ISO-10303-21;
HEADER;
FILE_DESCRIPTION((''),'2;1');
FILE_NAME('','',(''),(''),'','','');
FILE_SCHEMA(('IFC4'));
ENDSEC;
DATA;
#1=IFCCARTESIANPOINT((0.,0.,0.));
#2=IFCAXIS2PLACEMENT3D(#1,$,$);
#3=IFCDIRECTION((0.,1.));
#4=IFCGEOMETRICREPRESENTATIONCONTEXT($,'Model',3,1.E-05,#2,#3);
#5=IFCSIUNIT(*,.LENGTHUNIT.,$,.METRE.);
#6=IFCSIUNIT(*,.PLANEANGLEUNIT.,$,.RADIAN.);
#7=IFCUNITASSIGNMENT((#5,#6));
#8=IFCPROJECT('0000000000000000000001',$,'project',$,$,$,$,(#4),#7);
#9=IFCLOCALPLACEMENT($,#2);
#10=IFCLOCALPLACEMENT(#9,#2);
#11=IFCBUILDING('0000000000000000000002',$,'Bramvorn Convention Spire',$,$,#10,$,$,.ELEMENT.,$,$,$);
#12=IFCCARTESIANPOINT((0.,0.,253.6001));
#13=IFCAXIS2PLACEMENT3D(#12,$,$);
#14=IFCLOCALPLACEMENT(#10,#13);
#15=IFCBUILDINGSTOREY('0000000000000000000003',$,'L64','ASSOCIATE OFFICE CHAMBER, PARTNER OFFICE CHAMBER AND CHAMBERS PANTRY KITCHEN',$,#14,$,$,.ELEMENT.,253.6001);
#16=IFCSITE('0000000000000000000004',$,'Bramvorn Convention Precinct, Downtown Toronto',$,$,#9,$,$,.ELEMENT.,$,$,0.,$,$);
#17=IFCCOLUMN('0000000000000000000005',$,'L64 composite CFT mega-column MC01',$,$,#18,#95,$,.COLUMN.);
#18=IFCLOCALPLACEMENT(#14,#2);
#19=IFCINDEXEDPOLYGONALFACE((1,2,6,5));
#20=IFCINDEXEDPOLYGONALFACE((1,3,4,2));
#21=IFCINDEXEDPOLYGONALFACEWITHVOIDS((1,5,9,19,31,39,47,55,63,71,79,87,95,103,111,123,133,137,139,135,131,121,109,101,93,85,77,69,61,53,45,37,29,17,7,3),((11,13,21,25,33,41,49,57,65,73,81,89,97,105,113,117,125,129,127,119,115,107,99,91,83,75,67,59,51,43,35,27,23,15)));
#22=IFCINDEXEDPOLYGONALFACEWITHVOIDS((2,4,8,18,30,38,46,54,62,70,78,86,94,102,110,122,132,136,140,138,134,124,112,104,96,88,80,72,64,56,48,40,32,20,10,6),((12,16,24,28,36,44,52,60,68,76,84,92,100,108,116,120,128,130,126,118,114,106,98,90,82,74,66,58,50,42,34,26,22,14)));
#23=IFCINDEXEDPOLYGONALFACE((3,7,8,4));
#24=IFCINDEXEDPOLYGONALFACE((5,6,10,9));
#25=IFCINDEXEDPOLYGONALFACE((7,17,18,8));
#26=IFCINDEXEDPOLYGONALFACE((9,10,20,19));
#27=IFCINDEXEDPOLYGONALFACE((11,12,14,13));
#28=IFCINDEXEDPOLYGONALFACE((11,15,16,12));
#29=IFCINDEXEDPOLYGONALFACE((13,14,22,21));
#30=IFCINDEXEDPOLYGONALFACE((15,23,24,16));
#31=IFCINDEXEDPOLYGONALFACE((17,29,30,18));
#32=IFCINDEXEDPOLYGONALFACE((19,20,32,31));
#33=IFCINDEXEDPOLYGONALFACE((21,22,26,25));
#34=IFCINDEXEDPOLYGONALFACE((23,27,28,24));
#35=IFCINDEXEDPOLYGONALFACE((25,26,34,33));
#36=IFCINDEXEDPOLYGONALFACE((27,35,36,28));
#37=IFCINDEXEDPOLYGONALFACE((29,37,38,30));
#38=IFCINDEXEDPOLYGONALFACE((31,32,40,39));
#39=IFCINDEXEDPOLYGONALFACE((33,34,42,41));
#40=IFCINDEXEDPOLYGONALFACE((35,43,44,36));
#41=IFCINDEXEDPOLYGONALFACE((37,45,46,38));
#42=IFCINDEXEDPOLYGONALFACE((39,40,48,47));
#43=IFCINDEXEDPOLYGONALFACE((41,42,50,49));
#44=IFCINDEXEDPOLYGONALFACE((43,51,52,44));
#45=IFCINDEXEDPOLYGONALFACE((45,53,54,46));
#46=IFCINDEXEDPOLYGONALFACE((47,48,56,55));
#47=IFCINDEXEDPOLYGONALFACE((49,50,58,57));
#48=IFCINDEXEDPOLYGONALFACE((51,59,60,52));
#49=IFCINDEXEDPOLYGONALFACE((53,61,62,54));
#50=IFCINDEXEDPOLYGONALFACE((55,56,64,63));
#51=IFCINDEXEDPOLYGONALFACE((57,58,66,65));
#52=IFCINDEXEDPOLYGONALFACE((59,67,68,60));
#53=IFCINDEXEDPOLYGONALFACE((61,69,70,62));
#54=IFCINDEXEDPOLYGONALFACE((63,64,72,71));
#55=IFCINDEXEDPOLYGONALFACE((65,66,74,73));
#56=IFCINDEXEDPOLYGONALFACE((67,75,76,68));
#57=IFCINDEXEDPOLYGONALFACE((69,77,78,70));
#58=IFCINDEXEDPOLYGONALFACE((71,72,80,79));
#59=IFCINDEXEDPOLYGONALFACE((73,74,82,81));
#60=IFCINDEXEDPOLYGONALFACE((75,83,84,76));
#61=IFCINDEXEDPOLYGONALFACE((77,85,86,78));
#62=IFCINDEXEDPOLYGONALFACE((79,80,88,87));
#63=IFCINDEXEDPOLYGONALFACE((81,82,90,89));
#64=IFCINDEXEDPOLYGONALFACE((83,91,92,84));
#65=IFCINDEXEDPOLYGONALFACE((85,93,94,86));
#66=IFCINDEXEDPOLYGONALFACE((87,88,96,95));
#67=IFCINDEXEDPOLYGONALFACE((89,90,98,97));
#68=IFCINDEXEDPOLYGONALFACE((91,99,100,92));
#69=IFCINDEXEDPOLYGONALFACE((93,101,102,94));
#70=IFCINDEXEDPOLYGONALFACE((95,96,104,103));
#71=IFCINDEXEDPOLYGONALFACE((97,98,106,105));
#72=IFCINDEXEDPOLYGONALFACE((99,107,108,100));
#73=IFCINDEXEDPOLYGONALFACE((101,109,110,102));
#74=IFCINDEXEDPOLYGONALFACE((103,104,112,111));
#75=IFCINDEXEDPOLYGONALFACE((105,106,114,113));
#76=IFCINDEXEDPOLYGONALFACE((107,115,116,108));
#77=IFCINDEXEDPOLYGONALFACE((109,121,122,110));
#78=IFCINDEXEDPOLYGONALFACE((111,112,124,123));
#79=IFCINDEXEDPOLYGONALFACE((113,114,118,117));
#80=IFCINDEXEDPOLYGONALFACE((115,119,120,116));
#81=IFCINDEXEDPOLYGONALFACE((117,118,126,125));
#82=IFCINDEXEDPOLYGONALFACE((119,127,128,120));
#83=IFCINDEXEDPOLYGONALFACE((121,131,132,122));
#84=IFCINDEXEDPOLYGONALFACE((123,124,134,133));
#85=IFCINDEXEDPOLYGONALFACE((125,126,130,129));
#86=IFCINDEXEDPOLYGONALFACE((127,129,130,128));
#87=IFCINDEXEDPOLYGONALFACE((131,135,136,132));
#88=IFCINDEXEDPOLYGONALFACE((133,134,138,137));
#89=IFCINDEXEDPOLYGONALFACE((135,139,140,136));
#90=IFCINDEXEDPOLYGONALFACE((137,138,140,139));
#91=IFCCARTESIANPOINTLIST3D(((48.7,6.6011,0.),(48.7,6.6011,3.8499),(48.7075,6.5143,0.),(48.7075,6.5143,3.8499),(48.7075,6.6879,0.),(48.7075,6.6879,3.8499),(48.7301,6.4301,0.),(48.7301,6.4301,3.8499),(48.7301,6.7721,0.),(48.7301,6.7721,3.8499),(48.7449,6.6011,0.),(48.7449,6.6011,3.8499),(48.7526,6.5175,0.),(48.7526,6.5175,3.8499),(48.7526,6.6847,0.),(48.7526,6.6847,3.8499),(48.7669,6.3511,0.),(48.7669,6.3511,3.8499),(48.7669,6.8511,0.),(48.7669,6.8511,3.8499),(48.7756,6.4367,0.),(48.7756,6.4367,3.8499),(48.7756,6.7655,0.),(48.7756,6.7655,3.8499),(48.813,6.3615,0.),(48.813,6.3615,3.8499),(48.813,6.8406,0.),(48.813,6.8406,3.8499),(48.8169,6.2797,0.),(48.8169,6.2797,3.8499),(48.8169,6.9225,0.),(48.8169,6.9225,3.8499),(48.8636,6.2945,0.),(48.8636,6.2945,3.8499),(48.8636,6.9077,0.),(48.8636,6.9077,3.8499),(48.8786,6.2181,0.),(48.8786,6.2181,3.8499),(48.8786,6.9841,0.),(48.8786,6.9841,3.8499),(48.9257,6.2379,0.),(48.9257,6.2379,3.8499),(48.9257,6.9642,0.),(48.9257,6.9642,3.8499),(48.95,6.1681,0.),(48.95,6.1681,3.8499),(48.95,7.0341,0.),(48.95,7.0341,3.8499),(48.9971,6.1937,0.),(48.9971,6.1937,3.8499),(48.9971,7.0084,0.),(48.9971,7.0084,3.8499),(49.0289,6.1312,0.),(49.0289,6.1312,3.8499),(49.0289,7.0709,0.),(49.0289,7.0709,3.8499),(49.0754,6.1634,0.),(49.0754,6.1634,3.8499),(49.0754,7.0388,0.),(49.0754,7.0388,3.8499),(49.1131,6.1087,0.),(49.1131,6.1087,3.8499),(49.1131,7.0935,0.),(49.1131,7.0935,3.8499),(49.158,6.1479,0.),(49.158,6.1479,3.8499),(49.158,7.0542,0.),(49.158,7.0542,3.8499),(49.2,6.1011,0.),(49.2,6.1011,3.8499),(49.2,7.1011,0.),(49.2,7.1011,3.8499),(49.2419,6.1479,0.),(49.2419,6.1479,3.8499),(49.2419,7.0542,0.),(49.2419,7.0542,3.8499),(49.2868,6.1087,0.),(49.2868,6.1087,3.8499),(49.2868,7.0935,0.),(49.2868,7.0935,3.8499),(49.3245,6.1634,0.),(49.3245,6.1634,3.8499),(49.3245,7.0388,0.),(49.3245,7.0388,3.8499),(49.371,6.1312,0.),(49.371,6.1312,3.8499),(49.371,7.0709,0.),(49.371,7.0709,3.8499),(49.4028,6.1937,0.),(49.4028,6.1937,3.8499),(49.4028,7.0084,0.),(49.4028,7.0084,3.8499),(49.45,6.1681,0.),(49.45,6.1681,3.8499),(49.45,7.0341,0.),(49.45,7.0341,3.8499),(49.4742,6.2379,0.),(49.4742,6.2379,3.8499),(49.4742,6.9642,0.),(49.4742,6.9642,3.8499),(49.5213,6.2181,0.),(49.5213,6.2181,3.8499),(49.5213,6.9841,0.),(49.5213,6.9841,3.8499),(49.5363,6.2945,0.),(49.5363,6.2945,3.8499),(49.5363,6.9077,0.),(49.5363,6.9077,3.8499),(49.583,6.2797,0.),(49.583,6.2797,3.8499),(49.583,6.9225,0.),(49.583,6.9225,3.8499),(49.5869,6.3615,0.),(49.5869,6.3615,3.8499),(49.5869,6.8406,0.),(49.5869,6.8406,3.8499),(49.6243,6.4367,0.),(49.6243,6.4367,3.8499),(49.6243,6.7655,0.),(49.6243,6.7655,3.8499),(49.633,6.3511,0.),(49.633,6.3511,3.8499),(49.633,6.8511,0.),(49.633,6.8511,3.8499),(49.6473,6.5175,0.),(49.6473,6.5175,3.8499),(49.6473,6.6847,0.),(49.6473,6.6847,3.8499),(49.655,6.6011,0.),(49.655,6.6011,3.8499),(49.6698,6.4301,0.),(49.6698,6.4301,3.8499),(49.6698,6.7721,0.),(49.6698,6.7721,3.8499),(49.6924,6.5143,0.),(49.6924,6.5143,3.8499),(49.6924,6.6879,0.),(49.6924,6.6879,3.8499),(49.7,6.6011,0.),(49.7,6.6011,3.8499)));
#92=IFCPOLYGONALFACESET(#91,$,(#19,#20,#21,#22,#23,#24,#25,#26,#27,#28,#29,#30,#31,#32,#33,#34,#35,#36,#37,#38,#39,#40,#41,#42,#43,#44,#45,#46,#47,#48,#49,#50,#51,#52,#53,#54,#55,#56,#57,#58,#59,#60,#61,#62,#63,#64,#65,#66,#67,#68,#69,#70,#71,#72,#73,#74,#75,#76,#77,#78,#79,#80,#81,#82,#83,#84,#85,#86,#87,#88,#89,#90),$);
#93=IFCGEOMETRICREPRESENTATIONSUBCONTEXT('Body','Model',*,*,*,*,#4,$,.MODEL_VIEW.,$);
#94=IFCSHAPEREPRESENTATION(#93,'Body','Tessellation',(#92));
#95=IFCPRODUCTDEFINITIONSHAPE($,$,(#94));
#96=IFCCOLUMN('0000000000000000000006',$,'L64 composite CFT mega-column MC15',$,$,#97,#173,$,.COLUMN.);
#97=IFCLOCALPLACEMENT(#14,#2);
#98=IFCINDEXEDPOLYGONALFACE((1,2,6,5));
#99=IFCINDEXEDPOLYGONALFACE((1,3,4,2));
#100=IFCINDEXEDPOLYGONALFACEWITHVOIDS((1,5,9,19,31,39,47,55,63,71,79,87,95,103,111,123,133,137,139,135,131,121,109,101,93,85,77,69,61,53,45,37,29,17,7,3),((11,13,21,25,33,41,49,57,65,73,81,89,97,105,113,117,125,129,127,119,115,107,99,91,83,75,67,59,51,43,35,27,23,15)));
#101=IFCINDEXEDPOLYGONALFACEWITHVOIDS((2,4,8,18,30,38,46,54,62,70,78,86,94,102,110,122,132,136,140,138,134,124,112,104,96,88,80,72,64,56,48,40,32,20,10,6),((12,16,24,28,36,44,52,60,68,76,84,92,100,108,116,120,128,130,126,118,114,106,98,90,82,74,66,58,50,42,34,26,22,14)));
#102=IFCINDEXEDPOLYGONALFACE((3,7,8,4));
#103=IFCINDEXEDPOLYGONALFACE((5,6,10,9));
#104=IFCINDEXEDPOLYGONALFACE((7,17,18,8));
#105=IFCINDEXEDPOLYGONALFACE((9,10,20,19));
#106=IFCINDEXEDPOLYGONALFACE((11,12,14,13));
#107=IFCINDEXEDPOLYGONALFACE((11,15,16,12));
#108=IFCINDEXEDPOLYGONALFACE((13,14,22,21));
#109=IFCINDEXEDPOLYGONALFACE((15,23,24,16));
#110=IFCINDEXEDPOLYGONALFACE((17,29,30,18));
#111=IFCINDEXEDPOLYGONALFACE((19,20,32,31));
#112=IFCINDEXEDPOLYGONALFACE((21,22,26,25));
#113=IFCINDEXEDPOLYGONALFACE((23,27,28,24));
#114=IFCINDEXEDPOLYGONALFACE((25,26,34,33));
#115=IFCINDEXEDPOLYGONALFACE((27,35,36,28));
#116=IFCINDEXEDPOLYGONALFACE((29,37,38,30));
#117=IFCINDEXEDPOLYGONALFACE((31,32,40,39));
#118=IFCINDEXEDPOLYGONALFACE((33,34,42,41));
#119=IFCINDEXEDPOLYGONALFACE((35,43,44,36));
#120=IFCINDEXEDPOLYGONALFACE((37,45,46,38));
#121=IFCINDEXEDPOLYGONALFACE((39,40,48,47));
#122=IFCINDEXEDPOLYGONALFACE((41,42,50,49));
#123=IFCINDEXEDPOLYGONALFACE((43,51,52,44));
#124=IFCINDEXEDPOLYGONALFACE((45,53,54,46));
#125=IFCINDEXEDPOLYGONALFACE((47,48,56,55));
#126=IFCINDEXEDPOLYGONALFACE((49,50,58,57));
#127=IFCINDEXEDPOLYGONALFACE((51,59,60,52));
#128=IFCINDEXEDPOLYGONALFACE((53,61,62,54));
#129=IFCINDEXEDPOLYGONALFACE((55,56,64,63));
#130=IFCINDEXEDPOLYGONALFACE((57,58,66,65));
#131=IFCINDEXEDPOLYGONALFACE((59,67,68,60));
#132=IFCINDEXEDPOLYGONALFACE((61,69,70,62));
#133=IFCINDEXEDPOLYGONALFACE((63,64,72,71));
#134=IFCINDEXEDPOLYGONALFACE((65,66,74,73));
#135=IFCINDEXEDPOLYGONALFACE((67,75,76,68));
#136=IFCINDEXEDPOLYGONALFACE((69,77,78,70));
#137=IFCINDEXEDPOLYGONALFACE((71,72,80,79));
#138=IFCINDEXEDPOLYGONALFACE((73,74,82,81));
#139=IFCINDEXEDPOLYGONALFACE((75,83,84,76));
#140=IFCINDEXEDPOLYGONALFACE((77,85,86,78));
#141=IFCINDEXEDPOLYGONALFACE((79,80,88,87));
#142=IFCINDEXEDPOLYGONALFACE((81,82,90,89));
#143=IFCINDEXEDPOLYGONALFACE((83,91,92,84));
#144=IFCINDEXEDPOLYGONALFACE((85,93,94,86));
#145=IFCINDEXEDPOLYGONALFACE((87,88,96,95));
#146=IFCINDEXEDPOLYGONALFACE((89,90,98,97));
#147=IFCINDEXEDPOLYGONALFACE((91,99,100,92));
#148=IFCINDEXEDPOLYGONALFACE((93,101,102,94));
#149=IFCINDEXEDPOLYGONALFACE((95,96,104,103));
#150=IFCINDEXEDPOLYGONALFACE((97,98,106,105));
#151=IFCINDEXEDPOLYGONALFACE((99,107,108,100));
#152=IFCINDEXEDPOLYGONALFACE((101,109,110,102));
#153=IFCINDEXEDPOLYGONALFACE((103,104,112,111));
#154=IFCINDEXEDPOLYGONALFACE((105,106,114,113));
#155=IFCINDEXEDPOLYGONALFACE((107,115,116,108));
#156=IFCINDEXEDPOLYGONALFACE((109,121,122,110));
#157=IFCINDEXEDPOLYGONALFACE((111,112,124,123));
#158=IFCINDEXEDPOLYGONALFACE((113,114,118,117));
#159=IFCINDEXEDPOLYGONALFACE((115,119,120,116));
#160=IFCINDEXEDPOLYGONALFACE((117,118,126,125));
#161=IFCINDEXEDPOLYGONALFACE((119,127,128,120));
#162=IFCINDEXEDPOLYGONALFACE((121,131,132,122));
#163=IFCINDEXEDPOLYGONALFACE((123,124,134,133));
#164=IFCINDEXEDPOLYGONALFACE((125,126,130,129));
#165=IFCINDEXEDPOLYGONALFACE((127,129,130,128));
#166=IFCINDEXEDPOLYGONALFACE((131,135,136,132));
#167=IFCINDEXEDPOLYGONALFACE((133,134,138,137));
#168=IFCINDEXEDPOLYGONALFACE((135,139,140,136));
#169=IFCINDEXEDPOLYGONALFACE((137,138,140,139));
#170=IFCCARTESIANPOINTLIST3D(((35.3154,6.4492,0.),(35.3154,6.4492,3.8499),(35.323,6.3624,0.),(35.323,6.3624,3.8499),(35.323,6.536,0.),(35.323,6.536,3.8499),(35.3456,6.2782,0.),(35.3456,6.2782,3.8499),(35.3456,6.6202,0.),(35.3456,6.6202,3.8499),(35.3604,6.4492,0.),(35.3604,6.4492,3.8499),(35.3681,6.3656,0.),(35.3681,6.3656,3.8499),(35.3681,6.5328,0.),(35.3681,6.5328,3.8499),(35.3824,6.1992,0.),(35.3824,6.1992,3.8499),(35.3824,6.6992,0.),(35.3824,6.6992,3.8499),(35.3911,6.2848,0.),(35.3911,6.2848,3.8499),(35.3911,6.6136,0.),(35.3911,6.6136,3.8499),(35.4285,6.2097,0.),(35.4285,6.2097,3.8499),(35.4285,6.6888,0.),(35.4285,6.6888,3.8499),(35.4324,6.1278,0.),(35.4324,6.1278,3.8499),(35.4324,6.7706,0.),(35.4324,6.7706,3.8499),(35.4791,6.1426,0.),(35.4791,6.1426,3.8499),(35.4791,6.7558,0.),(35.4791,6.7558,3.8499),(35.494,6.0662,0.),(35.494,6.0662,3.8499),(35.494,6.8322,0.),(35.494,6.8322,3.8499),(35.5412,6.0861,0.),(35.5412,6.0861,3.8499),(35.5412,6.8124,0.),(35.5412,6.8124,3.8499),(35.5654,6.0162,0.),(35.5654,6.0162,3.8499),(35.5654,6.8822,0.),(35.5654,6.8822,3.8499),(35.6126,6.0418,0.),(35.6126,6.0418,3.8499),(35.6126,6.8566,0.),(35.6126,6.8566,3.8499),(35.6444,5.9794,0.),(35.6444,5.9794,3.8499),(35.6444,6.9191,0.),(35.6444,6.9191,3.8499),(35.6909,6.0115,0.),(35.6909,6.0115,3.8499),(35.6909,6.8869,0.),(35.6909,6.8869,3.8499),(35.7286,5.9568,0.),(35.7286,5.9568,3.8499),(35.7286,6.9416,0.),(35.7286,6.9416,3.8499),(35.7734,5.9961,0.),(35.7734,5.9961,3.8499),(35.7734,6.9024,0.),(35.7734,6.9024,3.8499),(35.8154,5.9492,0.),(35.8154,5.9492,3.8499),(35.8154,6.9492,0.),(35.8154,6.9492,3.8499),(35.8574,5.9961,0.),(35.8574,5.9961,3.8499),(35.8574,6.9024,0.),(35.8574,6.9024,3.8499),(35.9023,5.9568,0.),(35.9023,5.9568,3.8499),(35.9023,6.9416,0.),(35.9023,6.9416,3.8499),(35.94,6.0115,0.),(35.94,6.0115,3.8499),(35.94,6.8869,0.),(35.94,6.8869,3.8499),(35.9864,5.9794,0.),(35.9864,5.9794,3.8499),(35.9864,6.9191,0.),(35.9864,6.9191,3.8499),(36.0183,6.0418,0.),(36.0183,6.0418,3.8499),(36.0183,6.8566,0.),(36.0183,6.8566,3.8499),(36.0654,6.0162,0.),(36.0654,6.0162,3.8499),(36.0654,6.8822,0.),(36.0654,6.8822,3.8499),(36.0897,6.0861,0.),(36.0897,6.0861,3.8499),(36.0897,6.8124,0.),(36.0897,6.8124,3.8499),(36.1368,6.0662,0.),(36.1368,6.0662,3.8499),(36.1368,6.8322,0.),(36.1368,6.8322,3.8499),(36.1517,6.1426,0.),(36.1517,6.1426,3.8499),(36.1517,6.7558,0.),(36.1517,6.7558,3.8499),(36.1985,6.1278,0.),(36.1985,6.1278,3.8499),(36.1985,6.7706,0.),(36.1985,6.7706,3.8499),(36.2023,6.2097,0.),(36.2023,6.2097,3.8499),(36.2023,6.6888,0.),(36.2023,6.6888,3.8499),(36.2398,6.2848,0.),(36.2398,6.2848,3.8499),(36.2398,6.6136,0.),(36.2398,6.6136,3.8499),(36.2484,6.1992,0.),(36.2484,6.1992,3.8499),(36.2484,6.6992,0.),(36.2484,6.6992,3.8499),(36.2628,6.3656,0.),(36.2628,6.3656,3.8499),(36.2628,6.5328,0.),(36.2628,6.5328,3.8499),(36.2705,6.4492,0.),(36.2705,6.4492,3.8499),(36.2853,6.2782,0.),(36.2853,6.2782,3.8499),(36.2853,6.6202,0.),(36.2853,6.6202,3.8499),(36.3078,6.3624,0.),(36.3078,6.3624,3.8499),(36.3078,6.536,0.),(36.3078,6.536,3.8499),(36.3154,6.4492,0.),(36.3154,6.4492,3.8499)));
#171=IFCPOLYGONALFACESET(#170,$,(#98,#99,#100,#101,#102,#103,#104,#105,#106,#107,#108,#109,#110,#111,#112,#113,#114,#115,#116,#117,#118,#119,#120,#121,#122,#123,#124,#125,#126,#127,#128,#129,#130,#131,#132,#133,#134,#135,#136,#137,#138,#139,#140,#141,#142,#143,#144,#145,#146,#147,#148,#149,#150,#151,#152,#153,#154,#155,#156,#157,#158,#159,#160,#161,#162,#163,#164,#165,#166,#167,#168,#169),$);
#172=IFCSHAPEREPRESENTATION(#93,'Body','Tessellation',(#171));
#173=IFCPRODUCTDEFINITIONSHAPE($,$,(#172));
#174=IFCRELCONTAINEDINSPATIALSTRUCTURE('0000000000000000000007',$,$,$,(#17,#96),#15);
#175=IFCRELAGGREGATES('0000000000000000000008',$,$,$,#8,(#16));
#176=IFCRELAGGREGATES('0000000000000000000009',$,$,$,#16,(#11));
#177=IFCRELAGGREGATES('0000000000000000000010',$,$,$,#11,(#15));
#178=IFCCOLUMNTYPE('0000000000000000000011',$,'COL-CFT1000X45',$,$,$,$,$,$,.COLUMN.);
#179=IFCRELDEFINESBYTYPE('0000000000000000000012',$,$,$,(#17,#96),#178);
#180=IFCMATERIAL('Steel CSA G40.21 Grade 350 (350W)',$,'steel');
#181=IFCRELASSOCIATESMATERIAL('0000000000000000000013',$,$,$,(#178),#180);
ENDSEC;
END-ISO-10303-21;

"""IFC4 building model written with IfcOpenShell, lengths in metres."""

from ifc_helpers import new_model, si_unit, direction, frame, origin, origin_2d, place, context, subcontext, project, spatial, hollow_circle, extrude, material, material_profile, profile_set, type_object, element, save


model = new_model("IFC4")

# Units and contexts
model_context = context("Model", 3, precision=1e-05, world=origin(), true_north=direction((0.0, 1.0)))
body_context = subcontext(model_context, "Body", "Model", "MODEL_VIEW")
ifc_project = project(units=[si_unit("LENGTHUNIT", "METRE"), si_unit("PLANEANGLEUNIT", "RADIAN")], contexts=[model_context])

# Site, building, storey
site_placement = place(None, origin())
site = spatial("IfcSite", under=ifc_project, at=site_placement, Name="Bramvorn Convention Precinct, Downtown Toronto", CompositionType="ELEMENT", RefElevation=0.0)
building_placement = place(site_placement, origin())
building = spatial("IfcBuilding", under=site, at=building_placement, Name="Bramvorn Convention Spire", CompositionType="ELEMENT")
storey_placement = place(building_placement, frame((0.0, 0.0, 253.6001)))
storey = spatial("IfcBuildingStorey", under=building, at=storey_placement, Name="L64", Description="ASSOCIATE OFFICE CHAMBER, PARTNER OFFICE CHAMBER AND CHAMBERS PANTRY KITCHEN", CompositionType="ELEMENT", Elevation=253.6001)

# Columns
ifc_material_1 = material(Name="Steel CSA G40.21 Grade 350 (350W)", Category="steel")
ifc_material_profile_1 = material_profile(ifc_material_1, hollow_circle(Radius=0.5, WallThickness=0.0449, at=origin_2d()))
ifc_profile_set_1 = profile_set([ifc_material_profile_1], Name="Steel CSA G40.21 Grade 350 (350W) - CFT1000X45")
column_type = type_object("IfcColumnType", Name="COL-CFT1000X45", PredefinedType="COLUMN", material=ifc_profile_set_1)
for number, where, z_axis, x_axis, name in (
    (1, (49.2, 6.6011, 0.0), (0.0, 0.0, 1.0), (1.0, 0.0, 0.0), "L64 composite CFT mega-column MC01"),
    (2, (35.8154, 6.4492, 0.0), (0.0, 0.0, 1.0), (1.0, 0.0, 0.0), "L64 composite CFT mega-column MC15"),
):
    element("IfcColumn", number, at=place(storey_placement, frame(where, z_axis=z_axis, x_axis=x_axis)), inside=storey, type_object=column_type, Name=name, PredefinedType="COLUMN", context=body_context, shape_type="SweptSolid", body=[
        extrude(hollow_circle(Radius=0.5, WallThickness=0.0449, at=origin_2d()), origin(), (0.0, 0.0, 1.0), 3.8499),
    ])

save(model, "model.ifc")
